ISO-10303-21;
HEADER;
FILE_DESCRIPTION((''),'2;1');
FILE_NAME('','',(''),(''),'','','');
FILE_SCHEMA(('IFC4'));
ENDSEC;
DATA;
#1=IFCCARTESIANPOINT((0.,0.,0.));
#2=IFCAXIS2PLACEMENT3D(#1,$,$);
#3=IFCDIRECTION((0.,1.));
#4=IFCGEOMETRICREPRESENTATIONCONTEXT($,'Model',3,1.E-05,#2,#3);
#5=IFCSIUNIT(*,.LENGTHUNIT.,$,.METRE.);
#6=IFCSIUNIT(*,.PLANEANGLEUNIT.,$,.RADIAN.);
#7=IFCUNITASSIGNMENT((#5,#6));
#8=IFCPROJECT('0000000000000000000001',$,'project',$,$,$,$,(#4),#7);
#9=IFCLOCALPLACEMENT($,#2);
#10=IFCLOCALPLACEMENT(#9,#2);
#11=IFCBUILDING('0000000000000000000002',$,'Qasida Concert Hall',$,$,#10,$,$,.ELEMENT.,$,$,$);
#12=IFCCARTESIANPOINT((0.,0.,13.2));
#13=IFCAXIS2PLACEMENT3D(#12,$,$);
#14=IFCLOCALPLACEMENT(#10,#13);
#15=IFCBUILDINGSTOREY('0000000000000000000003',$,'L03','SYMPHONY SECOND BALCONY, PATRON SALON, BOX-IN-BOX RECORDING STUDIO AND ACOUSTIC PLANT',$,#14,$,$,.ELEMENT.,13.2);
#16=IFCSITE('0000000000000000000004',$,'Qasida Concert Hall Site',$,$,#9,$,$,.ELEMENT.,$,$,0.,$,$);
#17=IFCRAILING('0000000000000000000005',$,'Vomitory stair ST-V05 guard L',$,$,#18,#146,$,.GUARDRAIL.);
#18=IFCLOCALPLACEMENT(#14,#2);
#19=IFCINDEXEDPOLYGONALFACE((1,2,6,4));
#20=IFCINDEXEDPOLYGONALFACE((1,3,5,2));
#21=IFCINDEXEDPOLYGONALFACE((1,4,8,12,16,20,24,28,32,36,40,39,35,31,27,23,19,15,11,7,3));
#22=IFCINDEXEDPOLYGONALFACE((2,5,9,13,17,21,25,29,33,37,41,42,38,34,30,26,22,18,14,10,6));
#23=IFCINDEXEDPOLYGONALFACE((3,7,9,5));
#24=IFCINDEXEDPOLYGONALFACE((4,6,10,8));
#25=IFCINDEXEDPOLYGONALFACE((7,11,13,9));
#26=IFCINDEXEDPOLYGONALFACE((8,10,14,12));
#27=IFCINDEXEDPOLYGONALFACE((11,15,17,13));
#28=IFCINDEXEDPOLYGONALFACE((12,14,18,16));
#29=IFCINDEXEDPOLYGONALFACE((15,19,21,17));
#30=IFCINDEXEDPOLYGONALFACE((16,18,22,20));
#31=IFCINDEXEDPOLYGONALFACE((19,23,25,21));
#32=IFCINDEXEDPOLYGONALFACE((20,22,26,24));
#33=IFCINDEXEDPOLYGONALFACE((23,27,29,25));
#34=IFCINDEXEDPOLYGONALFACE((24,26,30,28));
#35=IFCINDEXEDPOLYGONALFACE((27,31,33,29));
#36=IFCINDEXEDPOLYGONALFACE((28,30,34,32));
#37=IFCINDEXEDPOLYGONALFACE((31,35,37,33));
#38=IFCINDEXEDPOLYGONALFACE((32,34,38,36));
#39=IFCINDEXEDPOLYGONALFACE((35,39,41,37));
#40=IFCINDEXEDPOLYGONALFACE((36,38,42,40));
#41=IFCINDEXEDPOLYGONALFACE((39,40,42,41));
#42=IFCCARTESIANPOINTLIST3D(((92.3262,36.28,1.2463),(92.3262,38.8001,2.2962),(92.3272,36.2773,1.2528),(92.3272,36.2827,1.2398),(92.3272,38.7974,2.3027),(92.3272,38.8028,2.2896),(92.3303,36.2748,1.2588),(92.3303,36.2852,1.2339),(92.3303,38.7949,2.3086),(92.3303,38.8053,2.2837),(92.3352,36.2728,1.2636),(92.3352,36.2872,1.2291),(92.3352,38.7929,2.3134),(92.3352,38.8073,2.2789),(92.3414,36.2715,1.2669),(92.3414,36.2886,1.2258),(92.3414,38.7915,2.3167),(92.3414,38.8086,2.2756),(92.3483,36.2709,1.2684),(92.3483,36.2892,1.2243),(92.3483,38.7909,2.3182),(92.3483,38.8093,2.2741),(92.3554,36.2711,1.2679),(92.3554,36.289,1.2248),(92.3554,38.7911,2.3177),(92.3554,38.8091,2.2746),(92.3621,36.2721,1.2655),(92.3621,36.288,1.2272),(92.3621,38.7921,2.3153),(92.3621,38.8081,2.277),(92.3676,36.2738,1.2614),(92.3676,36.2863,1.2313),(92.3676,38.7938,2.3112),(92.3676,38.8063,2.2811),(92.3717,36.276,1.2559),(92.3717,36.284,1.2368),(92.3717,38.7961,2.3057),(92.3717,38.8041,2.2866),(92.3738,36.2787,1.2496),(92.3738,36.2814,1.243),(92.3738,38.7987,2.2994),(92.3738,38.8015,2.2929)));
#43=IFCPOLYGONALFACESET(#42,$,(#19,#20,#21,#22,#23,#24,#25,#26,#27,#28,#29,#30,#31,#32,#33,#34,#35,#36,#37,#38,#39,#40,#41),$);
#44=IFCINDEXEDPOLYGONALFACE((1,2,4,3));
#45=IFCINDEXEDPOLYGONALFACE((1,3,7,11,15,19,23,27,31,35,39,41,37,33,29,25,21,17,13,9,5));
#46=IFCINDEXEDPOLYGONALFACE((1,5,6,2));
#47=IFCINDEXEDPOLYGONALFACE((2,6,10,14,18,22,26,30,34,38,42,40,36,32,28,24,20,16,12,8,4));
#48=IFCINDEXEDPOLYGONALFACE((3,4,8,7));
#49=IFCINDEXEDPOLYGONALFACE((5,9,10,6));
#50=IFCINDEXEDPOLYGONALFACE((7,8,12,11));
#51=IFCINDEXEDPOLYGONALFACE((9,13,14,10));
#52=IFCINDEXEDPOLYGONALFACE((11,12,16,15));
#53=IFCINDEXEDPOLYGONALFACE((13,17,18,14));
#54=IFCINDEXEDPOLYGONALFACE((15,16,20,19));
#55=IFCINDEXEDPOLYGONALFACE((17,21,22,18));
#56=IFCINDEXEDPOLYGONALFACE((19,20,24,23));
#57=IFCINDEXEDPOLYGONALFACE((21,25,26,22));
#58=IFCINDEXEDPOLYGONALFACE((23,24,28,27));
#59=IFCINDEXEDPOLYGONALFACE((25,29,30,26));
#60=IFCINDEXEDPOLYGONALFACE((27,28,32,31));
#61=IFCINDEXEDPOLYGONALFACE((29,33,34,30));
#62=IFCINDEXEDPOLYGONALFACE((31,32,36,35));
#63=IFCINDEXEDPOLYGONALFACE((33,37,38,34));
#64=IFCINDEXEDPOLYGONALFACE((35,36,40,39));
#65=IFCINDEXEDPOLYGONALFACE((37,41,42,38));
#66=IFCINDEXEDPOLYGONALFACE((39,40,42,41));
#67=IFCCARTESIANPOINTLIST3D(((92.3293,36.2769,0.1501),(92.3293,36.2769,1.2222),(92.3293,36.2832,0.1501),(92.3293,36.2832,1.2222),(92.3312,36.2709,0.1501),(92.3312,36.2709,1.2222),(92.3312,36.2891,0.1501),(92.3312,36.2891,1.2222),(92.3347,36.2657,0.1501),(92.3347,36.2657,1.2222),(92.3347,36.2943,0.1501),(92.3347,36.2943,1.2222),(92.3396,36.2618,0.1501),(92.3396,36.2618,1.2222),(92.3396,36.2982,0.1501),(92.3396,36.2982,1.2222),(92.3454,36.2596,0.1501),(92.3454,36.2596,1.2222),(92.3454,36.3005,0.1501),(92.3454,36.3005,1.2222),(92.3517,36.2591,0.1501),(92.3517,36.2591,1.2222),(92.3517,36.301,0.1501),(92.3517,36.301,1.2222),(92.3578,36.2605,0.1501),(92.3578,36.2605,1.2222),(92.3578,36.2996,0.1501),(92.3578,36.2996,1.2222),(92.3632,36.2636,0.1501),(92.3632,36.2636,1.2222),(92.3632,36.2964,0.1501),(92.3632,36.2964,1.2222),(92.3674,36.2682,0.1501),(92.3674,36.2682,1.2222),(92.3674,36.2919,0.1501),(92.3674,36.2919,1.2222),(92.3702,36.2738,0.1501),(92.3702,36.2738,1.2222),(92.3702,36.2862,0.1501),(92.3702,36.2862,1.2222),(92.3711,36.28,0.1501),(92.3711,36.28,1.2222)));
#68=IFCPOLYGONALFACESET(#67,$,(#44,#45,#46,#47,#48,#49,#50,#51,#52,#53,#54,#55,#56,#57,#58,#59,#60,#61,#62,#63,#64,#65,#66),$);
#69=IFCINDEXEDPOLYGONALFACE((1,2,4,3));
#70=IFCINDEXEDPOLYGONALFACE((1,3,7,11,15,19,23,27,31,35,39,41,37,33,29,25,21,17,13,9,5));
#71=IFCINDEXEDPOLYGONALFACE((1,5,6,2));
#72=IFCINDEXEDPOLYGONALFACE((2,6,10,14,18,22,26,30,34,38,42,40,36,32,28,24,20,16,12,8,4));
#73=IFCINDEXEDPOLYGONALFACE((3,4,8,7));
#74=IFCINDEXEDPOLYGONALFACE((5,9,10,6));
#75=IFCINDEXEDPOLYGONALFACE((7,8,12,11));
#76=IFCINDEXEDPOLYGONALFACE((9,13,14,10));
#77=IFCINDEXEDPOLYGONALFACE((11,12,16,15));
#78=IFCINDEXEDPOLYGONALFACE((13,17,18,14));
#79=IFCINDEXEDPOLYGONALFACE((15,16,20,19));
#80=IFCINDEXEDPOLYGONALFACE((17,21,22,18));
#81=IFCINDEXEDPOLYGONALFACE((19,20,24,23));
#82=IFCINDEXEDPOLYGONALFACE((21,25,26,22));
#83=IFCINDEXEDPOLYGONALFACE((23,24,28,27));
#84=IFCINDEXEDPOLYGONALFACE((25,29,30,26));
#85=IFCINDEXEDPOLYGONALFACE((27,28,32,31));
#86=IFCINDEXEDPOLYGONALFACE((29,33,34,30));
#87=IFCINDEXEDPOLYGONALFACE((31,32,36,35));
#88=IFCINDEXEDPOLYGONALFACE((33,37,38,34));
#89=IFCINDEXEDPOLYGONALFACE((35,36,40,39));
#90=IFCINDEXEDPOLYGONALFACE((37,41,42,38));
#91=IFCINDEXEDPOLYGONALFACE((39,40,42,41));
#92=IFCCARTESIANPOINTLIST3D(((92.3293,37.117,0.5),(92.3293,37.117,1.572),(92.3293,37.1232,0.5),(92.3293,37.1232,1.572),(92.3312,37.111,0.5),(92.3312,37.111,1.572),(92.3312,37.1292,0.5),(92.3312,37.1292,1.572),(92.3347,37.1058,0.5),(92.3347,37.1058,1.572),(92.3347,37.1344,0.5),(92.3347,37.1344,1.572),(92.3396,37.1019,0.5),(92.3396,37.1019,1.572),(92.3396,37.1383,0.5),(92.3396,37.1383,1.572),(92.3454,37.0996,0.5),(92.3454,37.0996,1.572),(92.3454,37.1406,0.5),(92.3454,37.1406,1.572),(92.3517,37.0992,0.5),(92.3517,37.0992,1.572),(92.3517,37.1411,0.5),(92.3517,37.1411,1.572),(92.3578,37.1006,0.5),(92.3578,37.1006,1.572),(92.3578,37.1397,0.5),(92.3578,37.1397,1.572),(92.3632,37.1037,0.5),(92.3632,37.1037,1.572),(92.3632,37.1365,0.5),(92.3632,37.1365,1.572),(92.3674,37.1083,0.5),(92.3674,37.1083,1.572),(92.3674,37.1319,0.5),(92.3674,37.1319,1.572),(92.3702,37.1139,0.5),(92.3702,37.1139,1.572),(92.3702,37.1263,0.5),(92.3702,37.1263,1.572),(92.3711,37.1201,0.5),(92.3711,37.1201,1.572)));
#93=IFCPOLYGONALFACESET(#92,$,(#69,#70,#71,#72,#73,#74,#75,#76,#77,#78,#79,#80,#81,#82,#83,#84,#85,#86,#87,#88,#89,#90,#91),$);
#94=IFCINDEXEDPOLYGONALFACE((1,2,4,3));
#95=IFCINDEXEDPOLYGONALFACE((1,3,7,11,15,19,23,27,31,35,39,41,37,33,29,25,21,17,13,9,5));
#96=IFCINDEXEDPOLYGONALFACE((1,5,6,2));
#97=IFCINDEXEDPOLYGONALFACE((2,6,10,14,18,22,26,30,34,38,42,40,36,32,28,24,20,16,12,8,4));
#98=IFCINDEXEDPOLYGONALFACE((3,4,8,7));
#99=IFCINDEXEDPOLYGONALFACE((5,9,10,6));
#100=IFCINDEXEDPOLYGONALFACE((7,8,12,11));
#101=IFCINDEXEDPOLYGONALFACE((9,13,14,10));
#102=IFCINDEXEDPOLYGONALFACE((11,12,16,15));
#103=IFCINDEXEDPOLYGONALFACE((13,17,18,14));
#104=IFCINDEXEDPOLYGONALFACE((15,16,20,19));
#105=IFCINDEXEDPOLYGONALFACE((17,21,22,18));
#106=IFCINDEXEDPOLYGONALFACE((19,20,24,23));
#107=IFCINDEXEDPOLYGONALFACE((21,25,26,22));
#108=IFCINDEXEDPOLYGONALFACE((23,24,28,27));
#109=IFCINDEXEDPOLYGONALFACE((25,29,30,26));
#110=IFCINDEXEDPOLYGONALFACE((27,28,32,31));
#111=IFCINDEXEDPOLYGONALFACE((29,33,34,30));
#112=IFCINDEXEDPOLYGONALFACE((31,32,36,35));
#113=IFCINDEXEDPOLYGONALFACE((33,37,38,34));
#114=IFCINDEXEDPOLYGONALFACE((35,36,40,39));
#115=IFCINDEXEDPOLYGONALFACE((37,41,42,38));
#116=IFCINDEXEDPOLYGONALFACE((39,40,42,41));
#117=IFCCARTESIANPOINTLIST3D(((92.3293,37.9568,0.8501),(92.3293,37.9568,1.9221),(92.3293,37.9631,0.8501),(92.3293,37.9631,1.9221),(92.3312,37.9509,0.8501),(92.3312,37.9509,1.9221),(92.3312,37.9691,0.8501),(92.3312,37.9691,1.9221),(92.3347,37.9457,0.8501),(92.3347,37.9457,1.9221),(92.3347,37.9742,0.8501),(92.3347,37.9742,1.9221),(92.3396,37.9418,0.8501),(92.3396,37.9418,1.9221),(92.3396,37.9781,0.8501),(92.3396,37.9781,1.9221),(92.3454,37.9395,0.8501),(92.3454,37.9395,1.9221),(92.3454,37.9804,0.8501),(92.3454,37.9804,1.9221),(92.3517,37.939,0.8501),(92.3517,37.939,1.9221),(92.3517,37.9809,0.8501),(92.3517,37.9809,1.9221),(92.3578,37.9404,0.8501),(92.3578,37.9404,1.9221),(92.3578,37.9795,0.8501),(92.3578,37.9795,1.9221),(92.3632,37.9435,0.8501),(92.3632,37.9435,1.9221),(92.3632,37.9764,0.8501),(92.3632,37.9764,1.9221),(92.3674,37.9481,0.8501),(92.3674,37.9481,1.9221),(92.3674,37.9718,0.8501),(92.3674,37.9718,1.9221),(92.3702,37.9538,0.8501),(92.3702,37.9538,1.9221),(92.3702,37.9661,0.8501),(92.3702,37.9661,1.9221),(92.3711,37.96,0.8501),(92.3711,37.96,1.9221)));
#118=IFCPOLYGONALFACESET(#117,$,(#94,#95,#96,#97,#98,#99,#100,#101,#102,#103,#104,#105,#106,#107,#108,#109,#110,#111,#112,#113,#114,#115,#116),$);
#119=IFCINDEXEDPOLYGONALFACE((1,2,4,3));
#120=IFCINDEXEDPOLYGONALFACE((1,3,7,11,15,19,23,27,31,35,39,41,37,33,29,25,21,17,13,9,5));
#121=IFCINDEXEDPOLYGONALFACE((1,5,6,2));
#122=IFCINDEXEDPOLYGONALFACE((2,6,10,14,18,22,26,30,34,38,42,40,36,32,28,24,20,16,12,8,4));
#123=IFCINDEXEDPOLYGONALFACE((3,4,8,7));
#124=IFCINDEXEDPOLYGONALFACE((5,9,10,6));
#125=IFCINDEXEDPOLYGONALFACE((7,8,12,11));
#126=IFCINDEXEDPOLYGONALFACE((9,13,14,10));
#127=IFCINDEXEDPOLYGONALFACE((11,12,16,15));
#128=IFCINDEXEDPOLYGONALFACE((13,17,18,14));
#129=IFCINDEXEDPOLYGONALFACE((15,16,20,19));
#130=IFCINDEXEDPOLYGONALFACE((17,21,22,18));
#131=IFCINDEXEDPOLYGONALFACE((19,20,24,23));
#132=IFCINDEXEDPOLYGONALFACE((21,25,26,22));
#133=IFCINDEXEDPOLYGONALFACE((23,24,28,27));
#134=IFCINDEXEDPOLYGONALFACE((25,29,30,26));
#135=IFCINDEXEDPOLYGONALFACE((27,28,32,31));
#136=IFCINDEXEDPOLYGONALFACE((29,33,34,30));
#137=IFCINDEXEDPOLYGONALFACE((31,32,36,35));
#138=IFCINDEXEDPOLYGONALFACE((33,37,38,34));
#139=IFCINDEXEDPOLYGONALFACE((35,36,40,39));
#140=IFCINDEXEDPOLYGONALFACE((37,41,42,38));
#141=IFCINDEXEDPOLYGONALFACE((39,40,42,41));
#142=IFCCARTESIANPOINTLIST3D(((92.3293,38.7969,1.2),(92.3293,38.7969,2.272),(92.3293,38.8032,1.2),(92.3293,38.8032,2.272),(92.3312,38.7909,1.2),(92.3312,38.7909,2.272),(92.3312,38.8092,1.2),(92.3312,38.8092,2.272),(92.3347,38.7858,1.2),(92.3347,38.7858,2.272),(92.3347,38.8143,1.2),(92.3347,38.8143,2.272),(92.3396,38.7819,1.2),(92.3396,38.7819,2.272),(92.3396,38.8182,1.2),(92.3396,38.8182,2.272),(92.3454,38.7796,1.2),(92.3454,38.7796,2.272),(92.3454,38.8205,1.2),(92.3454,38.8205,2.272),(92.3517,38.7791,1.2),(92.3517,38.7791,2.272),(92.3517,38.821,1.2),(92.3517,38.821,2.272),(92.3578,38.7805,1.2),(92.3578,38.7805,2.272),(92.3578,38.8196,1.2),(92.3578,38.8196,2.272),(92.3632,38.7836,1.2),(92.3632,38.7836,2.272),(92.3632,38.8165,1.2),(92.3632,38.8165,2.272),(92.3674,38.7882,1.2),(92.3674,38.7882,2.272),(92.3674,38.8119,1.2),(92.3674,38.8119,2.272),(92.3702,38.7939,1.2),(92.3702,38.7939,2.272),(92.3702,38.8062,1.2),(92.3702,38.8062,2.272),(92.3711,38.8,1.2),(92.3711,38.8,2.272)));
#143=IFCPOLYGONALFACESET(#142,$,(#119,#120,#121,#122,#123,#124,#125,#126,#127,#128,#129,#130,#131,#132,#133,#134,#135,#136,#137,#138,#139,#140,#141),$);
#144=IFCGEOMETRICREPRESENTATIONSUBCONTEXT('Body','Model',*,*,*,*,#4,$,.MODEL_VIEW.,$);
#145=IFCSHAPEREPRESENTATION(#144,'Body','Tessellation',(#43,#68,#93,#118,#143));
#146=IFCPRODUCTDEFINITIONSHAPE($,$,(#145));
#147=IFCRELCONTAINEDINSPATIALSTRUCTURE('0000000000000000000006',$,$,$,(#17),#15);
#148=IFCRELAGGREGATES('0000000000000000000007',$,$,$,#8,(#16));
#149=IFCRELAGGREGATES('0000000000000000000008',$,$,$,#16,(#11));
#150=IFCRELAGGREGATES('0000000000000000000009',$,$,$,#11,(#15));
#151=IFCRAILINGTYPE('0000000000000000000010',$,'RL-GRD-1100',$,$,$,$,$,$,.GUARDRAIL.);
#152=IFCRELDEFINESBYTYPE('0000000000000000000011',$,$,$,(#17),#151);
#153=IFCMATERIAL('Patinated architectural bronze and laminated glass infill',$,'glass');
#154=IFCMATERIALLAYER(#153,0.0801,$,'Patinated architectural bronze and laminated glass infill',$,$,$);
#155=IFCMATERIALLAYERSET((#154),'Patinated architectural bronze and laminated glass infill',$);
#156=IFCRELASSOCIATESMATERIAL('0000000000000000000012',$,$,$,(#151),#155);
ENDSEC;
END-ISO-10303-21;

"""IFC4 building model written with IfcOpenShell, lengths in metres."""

from ifc_helpers import new_model, si_unit, direction, frame, origin, origin_2d, place, context, subcontext, project, spatial, circle, extrude, material, layer, layer_set, type_object, element, save


model = new_model("IFC4")

# Units and contexts
model_context = context("Model", 3, precision=1e-05, world=origin(), true_north=direction((0.0, 1.0)))
body_context = subcontext(model_context, "Body", "Model", "MODEL_VIEW")
ifc_project = project(units=[si_unit("LENGTHUNIT", "METRE"), si_unit("PLANEANGLEUNIT", "RADIAN")], contexts=[model_context])

# Site, building, storey
site_placement = place(None, origin())
site = spatial("IfcSite", under=ifc_project, at=site_placement, Name="Qasida Concert Hall Site", CompositionType="ELEMENT", RefElevation=0.0)
building_placement = place(site_placement, origin())
building = spatial("IfcBuilding", under=site, at=building_placement, Name="Qasida Concert Hall", CompositionType="ELEMENT")
storey_placement = place(building_placement, frame((0.0, 0.0, 13.2)))
storey = spatial("IfcBuildingStorey", under=building, at=storey_placement, Name="L03", Description="SYMPHONY SECOND BALCONY, PATRON SALON, BOX-IN-BOX RECORDING STUDIO AND ACOUSTIC PLANT", CompositionType="ELEMENT", Elevation=13.2)

# Railing
ifc_material_1 = material(Name="Patinated architectural bronze and laminated glass infill", Category="glass")
ifc_layer_1 = layer(ifc_material_1, 0.0801, Name="Patinated architectural bronze and laminated glass infill")
ifc_layer_set_1 = layer_set([ifc_layer_1], Name="Patinated architectural bronze and laminated glass infill")
railing_type_1 = type_object("IfcRailingType", Name="RL-GRD-1100", PredefinedType="GUARDRAIL", material=ifc_layer_set_1)
for number, where, name in (
    (1, (92.3501, 36.28, 0.1501), "Vomitory stair ST-V05 guard L"),
):
    element("IfcRailing", number, at=place(storey_placement, frame(where)), inside=storey, type_object=railing_type_1, Name=name, PredefinedType="GUARDRAIL", context=body_context, shape_type="SweptSolid", body=[
        extrude(circle(Radius=0.0239, at=origin_2d()), frame((0.0, 0.0, 1.0962), z_axis=(0.0, 0.923103, 0.384552), x_axis=(-1.0, 0.0, 0.0)), (0.0, 0.0, 1.0), 2.73),
        extrude(circle(Radius=0.021, at=origin_2d()), origin(), (0.0, 0.0, 1.0), 1.072),
        extrude(circle(Radius=0.021, at=origin_2d()), frame((0.0, 0.8401, 0.3499)), (0.0, 0.0, 1.0), 1.072),
        extrude(circle(Radius=0.021, at=origin_2d()), frame((0.0, 1.6799, 0.7)), (0.0, 0.0, 1.0), 1.072),
        extrude(circle(Radius=0.021, at=origin_2d()), frame((0.0, 2.52, 1.0498)), (0.0, 0.0, 1.0), 1.072),
    ])

save(model, "model.ifc")
